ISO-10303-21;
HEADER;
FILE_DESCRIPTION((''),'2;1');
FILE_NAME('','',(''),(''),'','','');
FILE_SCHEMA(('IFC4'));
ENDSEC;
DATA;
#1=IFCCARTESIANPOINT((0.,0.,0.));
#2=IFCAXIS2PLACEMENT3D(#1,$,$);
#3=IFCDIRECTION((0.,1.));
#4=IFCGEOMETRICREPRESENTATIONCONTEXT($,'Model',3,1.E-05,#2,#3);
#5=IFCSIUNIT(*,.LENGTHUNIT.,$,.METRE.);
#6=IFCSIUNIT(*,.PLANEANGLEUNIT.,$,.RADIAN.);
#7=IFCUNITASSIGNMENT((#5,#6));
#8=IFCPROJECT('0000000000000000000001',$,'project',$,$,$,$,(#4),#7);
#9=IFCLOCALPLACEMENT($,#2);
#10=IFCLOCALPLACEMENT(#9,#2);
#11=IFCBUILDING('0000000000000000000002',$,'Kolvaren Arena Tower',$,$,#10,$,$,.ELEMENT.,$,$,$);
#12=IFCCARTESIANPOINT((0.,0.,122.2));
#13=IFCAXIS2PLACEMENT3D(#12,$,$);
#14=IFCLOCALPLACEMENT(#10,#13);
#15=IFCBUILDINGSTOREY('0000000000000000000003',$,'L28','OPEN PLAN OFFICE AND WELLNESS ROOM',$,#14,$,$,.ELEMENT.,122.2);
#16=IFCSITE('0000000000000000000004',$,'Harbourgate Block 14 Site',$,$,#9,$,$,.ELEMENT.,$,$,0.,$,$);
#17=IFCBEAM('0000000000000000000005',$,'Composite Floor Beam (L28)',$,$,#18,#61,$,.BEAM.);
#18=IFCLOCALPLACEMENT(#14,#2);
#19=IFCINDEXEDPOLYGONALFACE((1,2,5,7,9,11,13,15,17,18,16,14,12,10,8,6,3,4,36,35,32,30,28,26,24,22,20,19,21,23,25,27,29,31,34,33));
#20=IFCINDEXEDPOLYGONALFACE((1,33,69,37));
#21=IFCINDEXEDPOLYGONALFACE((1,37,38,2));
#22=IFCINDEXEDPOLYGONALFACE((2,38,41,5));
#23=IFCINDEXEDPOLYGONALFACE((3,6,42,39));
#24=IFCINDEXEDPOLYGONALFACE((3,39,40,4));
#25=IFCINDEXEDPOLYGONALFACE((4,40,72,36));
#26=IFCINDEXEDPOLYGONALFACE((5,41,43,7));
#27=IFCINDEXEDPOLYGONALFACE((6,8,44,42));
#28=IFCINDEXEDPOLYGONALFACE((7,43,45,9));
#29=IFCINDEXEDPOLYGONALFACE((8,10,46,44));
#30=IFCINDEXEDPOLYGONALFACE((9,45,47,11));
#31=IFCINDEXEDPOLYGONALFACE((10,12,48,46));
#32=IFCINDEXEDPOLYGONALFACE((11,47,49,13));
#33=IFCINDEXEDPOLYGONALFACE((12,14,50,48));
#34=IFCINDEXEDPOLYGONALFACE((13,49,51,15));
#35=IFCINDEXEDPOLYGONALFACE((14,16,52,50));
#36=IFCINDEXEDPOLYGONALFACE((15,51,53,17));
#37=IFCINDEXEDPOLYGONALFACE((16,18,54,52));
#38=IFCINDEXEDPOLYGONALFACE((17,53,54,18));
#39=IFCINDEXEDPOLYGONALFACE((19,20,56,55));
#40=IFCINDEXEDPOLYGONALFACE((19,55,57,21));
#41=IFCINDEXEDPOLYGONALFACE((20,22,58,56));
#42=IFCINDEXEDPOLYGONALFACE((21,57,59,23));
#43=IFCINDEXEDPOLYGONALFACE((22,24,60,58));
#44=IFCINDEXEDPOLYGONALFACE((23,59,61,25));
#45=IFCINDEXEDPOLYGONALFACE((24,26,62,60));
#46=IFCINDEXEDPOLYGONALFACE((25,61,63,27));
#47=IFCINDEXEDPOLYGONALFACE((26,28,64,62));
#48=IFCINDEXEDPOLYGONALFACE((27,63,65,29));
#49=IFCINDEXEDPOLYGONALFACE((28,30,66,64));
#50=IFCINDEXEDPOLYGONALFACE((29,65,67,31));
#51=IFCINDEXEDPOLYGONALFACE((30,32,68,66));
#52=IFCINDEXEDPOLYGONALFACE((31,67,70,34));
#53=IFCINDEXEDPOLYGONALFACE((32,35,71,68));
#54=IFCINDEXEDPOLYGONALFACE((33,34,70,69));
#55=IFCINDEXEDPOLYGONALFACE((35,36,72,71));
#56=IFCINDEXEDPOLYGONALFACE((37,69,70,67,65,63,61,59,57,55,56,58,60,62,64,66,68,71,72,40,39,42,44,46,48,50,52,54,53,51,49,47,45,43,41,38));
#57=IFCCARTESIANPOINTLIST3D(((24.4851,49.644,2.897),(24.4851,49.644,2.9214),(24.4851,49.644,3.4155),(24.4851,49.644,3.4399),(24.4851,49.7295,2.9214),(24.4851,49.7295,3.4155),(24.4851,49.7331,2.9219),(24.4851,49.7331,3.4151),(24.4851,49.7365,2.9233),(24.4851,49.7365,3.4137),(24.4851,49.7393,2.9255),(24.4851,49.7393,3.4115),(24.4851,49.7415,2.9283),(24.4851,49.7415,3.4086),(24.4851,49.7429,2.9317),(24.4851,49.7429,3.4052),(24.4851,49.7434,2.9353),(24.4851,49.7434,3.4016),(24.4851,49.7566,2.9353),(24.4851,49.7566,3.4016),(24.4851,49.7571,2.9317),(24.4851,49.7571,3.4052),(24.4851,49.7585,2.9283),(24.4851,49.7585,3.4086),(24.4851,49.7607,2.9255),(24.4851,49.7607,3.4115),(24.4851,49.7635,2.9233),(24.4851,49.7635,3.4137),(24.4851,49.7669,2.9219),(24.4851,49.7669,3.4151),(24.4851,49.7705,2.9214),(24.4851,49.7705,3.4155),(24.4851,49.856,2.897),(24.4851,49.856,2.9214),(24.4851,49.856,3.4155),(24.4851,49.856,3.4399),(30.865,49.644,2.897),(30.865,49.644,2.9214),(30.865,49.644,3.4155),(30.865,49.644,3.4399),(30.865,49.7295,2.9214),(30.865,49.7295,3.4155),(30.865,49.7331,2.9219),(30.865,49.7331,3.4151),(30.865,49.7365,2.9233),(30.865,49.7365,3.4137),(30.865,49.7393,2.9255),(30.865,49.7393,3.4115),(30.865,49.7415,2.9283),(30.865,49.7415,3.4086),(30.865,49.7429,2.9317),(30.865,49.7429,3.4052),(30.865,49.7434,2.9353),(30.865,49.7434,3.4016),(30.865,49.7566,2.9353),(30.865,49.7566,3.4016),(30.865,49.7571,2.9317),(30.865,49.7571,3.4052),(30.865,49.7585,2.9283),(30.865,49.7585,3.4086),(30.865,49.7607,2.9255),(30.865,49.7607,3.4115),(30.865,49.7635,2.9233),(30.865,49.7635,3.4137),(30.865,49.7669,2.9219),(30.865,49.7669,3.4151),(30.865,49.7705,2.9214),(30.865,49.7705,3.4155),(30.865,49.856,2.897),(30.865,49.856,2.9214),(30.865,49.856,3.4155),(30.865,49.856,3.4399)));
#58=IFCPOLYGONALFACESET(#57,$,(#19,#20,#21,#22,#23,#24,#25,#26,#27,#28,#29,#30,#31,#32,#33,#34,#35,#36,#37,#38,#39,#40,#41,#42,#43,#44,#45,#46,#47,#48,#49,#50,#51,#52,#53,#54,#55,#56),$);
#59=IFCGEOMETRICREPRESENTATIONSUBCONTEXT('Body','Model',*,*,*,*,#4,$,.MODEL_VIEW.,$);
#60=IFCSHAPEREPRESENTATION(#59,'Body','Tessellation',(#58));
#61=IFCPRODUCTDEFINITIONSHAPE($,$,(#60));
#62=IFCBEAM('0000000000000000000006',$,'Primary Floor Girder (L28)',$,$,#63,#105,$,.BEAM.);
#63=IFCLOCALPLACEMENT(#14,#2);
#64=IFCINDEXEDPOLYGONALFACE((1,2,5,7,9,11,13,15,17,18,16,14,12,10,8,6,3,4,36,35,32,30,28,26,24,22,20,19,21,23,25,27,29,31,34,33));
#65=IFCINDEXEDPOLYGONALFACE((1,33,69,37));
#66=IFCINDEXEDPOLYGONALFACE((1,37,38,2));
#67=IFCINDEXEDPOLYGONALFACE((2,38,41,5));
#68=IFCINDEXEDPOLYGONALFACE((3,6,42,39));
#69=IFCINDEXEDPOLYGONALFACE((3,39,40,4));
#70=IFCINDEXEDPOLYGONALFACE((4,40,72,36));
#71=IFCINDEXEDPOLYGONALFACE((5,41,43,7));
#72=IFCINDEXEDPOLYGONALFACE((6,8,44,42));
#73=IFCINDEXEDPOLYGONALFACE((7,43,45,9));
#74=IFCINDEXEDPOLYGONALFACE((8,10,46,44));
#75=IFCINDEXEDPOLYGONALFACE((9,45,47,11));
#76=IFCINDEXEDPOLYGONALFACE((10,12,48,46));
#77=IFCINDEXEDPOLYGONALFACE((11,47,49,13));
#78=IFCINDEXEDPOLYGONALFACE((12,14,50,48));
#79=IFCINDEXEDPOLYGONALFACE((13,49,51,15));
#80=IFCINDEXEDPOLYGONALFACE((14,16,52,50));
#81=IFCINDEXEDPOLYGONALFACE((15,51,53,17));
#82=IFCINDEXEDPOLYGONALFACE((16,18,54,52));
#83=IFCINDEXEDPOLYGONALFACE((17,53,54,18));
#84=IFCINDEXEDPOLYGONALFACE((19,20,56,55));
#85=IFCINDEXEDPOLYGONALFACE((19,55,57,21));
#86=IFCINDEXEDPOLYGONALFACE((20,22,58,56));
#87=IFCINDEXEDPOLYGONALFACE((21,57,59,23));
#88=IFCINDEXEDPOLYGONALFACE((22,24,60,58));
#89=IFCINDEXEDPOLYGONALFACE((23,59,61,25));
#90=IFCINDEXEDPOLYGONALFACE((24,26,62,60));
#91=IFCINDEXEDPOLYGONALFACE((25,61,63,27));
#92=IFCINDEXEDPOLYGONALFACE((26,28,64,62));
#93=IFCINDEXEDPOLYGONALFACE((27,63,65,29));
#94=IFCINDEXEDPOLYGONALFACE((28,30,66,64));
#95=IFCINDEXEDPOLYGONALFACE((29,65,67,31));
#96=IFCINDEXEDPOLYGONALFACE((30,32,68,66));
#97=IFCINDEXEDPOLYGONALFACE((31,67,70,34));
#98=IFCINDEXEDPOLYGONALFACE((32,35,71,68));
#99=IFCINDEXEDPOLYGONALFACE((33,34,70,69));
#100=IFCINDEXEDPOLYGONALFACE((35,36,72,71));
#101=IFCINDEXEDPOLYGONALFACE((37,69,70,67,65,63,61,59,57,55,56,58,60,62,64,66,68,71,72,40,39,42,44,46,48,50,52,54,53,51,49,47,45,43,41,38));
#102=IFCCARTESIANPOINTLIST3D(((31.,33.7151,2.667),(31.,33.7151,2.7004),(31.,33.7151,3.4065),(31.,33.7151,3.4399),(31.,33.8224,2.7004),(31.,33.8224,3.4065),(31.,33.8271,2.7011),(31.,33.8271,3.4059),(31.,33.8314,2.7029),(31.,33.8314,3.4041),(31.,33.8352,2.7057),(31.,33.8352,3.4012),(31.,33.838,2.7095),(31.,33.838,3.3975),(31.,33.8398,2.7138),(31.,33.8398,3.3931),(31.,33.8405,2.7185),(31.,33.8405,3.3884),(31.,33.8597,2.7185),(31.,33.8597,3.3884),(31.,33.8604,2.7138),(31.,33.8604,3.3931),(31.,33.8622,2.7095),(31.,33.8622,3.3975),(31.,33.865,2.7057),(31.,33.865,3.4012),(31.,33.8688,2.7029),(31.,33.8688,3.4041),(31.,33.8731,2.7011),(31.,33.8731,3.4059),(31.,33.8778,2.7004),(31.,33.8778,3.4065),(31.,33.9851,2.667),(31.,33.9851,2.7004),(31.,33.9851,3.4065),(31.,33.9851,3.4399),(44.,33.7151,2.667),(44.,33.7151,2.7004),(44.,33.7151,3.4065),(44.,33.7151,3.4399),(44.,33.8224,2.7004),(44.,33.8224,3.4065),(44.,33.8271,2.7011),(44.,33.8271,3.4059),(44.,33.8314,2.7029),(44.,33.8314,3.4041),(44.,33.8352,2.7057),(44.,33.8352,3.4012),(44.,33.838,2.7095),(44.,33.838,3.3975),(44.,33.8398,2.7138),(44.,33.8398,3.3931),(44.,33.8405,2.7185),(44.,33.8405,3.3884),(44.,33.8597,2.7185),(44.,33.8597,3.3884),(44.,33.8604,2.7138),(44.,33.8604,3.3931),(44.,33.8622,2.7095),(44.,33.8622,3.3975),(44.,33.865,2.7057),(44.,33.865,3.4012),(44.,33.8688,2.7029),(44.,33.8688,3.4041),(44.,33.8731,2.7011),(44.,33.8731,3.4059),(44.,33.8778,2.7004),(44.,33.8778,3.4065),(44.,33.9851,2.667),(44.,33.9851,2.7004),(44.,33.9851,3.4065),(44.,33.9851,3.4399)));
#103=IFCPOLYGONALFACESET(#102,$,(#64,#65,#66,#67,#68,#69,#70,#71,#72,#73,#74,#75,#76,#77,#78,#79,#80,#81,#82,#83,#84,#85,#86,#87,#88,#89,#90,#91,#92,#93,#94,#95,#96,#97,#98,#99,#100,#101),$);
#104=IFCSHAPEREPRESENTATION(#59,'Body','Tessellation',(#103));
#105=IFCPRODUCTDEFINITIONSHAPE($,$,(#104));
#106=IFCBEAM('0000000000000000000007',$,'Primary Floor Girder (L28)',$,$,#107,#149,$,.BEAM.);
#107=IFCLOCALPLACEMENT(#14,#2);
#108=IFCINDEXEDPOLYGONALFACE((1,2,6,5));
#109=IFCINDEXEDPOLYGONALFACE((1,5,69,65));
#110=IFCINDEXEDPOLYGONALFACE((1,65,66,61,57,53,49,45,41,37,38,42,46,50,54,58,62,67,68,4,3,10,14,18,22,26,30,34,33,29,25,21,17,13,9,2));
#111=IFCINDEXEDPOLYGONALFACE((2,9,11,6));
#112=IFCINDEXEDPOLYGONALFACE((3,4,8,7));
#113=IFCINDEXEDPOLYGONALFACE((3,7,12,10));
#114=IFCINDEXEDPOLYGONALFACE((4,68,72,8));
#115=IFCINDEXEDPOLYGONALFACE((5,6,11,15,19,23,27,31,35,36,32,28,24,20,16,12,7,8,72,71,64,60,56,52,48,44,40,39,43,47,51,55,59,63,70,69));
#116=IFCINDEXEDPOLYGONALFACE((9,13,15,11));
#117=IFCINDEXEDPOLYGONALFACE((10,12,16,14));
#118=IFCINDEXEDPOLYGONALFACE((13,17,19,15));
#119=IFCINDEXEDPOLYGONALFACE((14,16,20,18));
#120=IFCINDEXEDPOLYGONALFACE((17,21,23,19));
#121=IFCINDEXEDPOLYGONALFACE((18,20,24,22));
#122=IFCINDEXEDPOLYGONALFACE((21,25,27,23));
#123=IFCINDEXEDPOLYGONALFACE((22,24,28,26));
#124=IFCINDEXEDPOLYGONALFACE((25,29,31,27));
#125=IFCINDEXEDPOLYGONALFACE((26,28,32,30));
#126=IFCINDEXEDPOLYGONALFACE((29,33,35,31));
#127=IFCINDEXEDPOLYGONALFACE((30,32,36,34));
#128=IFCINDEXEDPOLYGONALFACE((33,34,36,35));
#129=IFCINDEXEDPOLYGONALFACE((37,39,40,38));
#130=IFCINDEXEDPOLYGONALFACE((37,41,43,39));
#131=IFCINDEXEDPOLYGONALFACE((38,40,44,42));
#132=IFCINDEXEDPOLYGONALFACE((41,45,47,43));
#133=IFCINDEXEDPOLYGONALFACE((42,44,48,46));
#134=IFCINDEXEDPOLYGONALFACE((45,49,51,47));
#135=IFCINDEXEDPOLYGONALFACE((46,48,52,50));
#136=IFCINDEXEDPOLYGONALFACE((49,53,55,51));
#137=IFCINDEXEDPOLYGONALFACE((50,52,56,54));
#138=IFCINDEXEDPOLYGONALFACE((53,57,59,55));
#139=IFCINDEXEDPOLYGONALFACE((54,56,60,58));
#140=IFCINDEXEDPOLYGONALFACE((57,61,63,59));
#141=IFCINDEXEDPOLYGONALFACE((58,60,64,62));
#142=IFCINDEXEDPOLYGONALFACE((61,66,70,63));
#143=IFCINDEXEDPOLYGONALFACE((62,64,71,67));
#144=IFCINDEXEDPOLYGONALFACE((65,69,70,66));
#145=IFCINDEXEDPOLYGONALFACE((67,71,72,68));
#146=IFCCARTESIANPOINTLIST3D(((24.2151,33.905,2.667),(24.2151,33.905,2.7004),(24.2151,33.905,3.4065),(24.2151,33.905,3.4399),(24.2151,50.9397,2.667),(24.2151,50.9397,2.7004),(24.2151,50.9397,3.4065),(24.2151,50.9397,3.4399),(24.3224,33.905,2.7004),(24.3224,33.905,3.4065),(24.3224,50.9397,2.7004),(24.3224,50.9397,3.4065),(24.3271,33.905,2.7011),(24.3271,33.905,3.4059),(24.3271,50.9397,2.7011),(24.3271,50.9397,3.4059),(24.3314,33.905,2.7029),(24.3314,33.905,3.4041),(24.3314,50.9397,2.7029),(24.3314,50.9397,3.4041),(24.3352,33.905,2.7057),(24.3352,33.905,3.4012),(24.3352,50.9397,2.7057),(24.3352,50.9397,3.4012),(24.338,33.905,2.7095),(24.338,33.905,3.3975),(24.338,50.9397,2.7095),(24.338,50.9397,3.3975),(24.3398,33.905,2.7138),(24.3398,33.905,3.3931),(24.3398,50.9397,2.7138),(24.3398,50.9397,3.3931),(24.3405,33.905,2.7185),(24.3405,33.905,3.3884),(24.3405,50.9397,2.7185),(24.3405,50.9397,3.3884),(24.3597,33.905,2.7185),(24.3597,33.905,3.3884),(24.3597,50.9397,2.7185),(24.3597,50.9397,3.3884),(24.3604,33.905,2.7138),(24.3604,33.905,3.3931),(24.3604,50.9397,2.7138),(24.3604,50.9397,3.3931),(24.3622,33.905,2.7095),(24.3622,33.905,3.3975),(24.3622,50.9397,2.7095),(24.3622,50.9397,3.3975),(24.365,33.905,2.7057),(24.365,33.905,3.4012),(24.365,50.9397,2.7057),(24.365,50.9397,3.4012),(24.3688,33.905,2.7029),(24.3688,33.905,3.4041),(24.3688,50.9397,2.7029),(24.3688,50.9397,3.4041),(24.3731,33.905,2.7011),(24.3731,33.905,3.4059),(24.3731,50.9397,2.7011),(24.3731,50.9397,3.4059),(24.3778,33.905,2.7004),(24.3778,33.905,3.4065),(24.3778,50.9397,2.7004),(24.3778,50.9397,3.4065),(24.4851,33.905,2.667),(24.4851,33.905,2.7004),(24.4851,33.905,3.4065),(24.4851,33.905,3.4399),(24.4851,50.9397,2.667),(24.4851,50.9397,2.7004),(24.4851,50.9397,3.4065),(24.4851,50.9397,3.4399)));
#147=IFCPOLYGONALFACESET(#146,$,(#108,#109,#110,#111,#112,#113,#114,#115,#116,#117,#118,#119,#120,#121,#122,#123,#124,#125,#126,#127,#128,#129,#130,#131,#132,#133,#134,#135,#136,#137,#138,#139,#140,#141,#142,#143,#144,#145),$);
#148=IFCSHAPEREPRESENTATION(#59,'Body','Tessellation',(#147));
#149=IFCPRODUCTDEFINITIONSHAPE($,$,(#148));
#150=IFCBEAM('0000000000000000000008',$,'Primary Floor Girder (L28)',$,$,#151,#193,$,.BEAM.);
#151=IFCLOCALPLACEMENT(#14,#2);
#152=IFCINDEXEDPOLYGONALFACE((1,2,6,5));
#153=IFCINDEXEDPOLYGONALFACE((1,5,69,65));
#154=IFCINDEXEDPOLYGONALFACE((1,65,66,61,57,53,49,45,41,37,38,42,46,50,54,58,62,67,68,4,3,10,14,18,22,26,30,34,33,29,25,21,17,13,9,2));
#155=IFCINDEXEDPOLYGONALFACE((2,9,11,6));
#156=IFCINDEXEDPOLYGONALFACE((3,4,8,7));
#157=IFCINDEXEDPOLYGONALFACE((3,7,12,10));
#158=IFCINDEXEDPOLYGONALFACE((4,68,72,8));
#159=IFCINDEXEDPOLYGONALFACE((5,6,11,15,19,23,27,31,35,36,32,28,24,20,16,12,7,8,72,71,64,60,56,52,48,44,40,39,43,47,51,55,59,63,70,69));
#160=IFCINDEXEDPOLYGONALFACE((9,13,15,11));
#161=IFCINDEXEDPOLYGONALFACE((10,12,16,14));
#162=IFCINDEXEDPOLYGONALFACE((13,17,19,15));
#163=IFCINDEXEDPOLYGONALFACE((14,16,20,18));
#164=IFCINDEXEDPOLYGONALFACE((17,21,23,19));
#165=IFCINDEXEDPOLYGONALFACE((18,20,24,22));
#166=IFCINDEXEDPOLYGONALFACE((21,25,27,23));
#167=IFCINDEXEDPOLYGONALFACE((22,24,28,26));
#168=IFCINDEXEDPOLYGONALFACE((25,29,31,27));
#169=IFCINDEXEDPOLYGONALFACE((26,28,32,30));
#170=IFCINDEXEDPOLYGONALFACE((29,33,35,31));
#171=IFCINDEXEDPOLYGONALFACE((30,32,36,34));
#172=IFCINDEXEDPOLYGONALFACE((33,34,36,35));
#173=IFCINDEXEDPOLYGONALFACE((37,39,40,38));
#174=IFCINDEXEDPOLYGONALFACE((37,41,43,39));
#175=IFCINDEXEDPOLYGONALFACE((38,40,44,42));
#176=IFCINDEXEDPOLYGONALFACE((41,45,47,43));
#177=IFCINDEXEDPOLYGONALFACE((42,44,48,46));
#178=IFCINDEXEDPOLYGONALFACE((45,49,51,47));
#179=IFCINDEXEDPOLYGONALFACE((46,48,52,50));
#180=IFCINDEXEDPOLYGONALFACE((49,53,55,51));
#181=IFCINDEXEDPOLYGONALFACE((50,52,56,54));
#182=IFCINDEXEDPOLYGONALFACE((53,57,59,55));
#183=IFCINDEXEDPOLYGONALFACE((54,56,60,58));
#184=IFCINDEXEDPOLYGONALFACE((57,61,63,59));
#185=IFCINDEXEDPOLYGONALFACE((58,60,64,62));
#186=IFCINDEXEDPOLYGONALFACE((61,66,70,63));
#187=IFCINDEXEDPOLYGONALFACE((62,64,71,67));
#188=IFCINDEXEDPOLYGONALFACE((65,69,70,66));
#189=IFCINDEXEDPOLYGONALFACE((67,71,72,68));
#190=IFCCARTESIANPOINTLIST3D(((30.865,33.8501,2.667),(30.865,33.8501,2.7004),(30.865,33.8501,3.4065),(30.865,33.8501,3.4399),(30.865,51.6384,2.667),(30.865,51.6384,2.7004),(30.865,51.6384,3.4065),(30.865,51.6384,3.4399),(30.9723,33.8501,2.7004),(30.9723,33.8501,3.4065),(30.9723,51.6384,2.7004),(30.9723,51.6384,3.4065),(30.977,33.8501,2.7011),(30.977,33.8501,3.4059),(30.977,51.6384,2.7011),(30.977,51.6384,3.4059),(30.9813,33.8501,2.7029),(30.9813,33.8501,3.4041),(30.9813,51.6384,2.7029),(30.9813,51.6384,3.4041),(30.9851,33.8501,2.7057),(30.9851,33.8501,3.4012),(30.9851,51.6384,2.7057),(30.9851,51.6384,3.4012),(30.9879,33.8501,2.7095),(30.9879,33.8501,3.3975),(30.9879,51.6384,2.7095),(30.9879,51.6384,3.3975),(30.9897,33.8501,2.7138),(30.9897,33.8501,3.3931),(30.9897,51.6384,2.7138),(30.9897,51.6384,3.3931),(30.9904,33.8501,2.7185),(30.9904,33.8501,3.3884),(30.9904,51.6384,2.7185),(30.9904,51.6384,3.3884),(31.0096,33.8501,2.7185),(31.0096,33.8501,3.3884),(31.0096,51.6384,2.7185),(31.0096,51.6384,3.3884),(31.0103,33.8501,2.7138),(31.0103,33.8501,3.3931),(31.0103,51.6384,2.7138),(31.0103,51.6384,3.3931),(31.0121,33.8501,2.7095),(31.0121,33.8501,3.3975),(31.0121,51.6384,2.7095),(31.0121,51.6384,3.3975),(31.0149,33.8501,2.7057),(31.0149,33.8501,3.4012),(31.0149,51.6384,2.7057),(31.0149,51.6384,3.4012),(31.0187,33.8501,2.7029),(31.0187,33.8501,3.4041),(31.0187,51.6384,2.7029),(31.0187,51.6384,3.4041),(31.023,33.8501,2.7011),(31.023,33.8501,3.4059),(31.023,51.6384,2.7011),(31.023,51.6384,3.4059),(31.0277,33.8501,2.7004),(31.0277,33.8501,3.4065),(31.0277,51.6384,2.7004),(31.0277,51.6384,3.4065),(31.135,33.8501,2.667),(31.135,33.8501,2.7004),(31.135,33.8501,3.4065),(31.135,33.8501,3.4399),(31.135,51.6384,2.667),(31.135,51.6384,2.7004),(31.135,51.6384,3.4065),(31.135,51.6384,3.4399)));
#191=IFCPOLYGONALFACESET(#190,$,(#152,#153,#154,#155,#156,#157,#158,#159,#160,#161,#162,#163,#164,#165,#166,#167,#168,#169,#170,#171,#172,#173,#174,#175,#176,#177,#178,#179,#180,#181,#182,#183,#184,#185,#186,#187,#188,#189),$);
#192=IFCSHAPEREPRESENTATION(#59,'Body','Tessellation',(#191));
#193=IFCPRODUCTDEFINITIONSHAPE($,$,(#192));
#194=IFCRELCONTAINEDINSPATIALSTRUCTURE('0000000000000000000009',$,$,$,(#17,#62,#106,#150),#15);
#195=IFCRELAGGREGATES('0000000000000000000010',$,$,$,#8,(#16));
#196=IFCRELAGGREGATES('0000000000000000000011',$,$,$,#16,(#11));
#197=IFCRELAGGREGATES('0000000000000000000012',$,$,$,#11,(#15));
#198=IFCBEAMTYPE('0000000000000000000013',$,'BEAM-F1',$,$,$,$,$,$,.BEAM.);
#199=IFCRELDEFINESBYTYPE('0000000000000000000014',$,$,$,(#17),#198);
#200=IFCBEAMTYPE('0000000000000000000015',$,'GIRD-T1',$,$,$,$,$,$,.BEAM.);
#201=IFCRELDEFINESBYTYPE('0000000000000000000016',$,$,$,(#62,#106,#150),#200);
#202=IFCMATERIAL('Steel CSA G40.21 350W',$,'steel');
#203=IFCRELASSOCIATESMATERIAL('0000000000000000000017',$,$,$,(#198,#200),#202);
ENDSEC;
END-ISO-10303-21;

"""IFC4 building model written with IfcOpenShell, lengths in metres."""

from ifc_helpers import new_model, si_unit, direction, frame, origin, origin_2d, place, context, subcontext, project, spatial, i_section, extrude, material, material_profile, profile_set, type_object, element, save


model = new_model("IFC4")

# Units and contexts
model_context = context("Model", 3, precision=1e-05, world=origin(), true_north=direction((0.0, 1.0)))
body_context = subcontext(model_context, "Body", "Model", "MODEL_VIEW")
ifc_project = project(units=[si_unit("LENGTHUNIT", "METRE"), si_unit("PLANEANGLEUNIT", "RADIAN")], contexts=[model_context])

# Site, building, storey
site_placement = place(None, origin())
site = spatial("IfcSite", under=ifc_project, at=site_placement, Name="Harbourgate Block 14 Site", CompositionType="ELEMENT", RefElevation=0.0)
building_placement = place(site_placement, origin())
building = spatial("IfcBuilding", under=site, at=building_placement, Name="Kolvaren Arena Tower", CompositionType="ELEMENT")
storey_placement = place(building_placement, frame((0.0, 0.0, 122.2)))
storey = spatial("IfcBuildingStorey", under=building, at=storey_placement, Name="L28", Description="OPEN PLAN OFFICE AND WELLNESS ROOM", CompositionType="ELEMENT", Elevation=122.2)

# Beams
ifc_material_1 = material(Name="Steel CSA G40.21 350W", Category="steel")
ifc_material_profile_1 = material_profile(ifc_material_1, i_section(OverallWidth=0.2119, OverallDepth=0.543, WebThickness=0.0132, FlangeThickness=0.0244, FilletRadius=0.0139, at=origin_2d()), Name="W530x150")
ifc_profile_set_1 = profile_set([ifc_material_profile_1], Name="Steel CSA G40.21 350W")
beam_type_1 = type_object("IfcBeamType", Name="BEAM-F1", PredefinedType="BEAM", material=ifc_profile_set_1)
for number, where, z_axis, x_axis, name in (
    (1, (24.4851, 49.75, 3.1685), (1.0, 0.0, 0.0), (0.0, 1.0, 0.0), "Composite Floor Beam (L28)"),
):
    element("IfcBeam", number, at=place(storey_placement, frame(where, z_axis=z_axis, x_axis=x_axis)), inside=storey, type_object=beam_type_1, Name=name, PredefinedType="BEAM", context=body_context, shape_type="SweptSolid", body=[
        extrude(i_section(OverallWidth=0.2119, OverallDepth=0.543, WebThickness=0.0132, FlangeThickness=0.0244, FilletRadius=0.0139, at=origin_2d()), origin(), (0.0, 0.0, 1.0), 6.3799),
    ])
ifc_material_profile_2 = material_profile(ifc_material_1, i_section(OverallWidth=0.27, OverallDepth=0.7729, WebThickness=0.0193, FlangeThickness=0.0334, FilletRadius=0.0181, at=origin_2d()), Name="W760x257")
ifc_profile_set_2 = profile_set([ifc_material_profile_2], Name="Steel CSA G40.21 350W")
beam_type_2 = type_object("IfcBeamType", Name="GIRD-T1", PredefinedType="BEAM", material=ifc_profile_set_2)
beam_1_placement = place(storey_placement, frame((31.0, 33.8501, 3.0535), z_axis=(1.0, 0.0, 0.0), x_axis=(0.0, 1.0, 0.0)))
element("IfcBeam", 2, at=beam_1_placement, inside=storey, type_object=beam_type_2, Name="Primary Floor Girder (L28)", PredefinedType="BEAM", context=body_context, shape_type="SweptSolid", body=[
    extrude(i_section(OverallWidth=0.27, OverallDepth=0.7729, WebThickness=0.0193, FlangeThickness=0.0334, FilletRadius=0.0181, at=origin_2d()), origin(), (0.0, 0.0, 1.0), 13.0),
])
beam_2_placement = place(storey_placement, frame((24.3501, 33.905, 3.0535), z_axis=(0.0, 1.0, 0.0), x_axis=(-1.0, 0.0, 0.0)))
element("IfcBeam", 3, at=beam_2_placement, inside=storey, type_object=beam_type_2, Name="Primary Floor Girder (L28)", PredefinedType="BEAM", context=body_context, shape_type="SweptSolid", body=[
    extrude(i_section(OverallWidth=0.27, OverallDepth=0.7729, WebThickness=0.0193, FlangeThickness=0.0334, FilletRadius=0.0181, at=origin_2d()), origin(), (0.0, 0.0, 1.0), 17.0347),
])
beam_3_placement = place(storey_placement, frame((31.0, 33.8501, 3.0535), z_axis=(0.0, 1.0, 0.0), x_axis=(-1.0, 0.0, 0.0)))
element("IfcBeam", 4, at=beam_3_placement, inside=storey, type_object=beam_type_2, Name="Primary Floor Girder (L28)", PredefinedType="BEAM", context=body_context, shape_type="SweptSolid", body=[
    extrude(i_section(OverallWidth=0.27, OverallDepth=0.7729, WebThickness=0.0193, FlangeThickness=0.0334, FilletRadius=0.0181, at=origin_2d()), origin(), (0.0, 0.0, 1.0), 17.7883),
])

save(model, "model.ifc")
